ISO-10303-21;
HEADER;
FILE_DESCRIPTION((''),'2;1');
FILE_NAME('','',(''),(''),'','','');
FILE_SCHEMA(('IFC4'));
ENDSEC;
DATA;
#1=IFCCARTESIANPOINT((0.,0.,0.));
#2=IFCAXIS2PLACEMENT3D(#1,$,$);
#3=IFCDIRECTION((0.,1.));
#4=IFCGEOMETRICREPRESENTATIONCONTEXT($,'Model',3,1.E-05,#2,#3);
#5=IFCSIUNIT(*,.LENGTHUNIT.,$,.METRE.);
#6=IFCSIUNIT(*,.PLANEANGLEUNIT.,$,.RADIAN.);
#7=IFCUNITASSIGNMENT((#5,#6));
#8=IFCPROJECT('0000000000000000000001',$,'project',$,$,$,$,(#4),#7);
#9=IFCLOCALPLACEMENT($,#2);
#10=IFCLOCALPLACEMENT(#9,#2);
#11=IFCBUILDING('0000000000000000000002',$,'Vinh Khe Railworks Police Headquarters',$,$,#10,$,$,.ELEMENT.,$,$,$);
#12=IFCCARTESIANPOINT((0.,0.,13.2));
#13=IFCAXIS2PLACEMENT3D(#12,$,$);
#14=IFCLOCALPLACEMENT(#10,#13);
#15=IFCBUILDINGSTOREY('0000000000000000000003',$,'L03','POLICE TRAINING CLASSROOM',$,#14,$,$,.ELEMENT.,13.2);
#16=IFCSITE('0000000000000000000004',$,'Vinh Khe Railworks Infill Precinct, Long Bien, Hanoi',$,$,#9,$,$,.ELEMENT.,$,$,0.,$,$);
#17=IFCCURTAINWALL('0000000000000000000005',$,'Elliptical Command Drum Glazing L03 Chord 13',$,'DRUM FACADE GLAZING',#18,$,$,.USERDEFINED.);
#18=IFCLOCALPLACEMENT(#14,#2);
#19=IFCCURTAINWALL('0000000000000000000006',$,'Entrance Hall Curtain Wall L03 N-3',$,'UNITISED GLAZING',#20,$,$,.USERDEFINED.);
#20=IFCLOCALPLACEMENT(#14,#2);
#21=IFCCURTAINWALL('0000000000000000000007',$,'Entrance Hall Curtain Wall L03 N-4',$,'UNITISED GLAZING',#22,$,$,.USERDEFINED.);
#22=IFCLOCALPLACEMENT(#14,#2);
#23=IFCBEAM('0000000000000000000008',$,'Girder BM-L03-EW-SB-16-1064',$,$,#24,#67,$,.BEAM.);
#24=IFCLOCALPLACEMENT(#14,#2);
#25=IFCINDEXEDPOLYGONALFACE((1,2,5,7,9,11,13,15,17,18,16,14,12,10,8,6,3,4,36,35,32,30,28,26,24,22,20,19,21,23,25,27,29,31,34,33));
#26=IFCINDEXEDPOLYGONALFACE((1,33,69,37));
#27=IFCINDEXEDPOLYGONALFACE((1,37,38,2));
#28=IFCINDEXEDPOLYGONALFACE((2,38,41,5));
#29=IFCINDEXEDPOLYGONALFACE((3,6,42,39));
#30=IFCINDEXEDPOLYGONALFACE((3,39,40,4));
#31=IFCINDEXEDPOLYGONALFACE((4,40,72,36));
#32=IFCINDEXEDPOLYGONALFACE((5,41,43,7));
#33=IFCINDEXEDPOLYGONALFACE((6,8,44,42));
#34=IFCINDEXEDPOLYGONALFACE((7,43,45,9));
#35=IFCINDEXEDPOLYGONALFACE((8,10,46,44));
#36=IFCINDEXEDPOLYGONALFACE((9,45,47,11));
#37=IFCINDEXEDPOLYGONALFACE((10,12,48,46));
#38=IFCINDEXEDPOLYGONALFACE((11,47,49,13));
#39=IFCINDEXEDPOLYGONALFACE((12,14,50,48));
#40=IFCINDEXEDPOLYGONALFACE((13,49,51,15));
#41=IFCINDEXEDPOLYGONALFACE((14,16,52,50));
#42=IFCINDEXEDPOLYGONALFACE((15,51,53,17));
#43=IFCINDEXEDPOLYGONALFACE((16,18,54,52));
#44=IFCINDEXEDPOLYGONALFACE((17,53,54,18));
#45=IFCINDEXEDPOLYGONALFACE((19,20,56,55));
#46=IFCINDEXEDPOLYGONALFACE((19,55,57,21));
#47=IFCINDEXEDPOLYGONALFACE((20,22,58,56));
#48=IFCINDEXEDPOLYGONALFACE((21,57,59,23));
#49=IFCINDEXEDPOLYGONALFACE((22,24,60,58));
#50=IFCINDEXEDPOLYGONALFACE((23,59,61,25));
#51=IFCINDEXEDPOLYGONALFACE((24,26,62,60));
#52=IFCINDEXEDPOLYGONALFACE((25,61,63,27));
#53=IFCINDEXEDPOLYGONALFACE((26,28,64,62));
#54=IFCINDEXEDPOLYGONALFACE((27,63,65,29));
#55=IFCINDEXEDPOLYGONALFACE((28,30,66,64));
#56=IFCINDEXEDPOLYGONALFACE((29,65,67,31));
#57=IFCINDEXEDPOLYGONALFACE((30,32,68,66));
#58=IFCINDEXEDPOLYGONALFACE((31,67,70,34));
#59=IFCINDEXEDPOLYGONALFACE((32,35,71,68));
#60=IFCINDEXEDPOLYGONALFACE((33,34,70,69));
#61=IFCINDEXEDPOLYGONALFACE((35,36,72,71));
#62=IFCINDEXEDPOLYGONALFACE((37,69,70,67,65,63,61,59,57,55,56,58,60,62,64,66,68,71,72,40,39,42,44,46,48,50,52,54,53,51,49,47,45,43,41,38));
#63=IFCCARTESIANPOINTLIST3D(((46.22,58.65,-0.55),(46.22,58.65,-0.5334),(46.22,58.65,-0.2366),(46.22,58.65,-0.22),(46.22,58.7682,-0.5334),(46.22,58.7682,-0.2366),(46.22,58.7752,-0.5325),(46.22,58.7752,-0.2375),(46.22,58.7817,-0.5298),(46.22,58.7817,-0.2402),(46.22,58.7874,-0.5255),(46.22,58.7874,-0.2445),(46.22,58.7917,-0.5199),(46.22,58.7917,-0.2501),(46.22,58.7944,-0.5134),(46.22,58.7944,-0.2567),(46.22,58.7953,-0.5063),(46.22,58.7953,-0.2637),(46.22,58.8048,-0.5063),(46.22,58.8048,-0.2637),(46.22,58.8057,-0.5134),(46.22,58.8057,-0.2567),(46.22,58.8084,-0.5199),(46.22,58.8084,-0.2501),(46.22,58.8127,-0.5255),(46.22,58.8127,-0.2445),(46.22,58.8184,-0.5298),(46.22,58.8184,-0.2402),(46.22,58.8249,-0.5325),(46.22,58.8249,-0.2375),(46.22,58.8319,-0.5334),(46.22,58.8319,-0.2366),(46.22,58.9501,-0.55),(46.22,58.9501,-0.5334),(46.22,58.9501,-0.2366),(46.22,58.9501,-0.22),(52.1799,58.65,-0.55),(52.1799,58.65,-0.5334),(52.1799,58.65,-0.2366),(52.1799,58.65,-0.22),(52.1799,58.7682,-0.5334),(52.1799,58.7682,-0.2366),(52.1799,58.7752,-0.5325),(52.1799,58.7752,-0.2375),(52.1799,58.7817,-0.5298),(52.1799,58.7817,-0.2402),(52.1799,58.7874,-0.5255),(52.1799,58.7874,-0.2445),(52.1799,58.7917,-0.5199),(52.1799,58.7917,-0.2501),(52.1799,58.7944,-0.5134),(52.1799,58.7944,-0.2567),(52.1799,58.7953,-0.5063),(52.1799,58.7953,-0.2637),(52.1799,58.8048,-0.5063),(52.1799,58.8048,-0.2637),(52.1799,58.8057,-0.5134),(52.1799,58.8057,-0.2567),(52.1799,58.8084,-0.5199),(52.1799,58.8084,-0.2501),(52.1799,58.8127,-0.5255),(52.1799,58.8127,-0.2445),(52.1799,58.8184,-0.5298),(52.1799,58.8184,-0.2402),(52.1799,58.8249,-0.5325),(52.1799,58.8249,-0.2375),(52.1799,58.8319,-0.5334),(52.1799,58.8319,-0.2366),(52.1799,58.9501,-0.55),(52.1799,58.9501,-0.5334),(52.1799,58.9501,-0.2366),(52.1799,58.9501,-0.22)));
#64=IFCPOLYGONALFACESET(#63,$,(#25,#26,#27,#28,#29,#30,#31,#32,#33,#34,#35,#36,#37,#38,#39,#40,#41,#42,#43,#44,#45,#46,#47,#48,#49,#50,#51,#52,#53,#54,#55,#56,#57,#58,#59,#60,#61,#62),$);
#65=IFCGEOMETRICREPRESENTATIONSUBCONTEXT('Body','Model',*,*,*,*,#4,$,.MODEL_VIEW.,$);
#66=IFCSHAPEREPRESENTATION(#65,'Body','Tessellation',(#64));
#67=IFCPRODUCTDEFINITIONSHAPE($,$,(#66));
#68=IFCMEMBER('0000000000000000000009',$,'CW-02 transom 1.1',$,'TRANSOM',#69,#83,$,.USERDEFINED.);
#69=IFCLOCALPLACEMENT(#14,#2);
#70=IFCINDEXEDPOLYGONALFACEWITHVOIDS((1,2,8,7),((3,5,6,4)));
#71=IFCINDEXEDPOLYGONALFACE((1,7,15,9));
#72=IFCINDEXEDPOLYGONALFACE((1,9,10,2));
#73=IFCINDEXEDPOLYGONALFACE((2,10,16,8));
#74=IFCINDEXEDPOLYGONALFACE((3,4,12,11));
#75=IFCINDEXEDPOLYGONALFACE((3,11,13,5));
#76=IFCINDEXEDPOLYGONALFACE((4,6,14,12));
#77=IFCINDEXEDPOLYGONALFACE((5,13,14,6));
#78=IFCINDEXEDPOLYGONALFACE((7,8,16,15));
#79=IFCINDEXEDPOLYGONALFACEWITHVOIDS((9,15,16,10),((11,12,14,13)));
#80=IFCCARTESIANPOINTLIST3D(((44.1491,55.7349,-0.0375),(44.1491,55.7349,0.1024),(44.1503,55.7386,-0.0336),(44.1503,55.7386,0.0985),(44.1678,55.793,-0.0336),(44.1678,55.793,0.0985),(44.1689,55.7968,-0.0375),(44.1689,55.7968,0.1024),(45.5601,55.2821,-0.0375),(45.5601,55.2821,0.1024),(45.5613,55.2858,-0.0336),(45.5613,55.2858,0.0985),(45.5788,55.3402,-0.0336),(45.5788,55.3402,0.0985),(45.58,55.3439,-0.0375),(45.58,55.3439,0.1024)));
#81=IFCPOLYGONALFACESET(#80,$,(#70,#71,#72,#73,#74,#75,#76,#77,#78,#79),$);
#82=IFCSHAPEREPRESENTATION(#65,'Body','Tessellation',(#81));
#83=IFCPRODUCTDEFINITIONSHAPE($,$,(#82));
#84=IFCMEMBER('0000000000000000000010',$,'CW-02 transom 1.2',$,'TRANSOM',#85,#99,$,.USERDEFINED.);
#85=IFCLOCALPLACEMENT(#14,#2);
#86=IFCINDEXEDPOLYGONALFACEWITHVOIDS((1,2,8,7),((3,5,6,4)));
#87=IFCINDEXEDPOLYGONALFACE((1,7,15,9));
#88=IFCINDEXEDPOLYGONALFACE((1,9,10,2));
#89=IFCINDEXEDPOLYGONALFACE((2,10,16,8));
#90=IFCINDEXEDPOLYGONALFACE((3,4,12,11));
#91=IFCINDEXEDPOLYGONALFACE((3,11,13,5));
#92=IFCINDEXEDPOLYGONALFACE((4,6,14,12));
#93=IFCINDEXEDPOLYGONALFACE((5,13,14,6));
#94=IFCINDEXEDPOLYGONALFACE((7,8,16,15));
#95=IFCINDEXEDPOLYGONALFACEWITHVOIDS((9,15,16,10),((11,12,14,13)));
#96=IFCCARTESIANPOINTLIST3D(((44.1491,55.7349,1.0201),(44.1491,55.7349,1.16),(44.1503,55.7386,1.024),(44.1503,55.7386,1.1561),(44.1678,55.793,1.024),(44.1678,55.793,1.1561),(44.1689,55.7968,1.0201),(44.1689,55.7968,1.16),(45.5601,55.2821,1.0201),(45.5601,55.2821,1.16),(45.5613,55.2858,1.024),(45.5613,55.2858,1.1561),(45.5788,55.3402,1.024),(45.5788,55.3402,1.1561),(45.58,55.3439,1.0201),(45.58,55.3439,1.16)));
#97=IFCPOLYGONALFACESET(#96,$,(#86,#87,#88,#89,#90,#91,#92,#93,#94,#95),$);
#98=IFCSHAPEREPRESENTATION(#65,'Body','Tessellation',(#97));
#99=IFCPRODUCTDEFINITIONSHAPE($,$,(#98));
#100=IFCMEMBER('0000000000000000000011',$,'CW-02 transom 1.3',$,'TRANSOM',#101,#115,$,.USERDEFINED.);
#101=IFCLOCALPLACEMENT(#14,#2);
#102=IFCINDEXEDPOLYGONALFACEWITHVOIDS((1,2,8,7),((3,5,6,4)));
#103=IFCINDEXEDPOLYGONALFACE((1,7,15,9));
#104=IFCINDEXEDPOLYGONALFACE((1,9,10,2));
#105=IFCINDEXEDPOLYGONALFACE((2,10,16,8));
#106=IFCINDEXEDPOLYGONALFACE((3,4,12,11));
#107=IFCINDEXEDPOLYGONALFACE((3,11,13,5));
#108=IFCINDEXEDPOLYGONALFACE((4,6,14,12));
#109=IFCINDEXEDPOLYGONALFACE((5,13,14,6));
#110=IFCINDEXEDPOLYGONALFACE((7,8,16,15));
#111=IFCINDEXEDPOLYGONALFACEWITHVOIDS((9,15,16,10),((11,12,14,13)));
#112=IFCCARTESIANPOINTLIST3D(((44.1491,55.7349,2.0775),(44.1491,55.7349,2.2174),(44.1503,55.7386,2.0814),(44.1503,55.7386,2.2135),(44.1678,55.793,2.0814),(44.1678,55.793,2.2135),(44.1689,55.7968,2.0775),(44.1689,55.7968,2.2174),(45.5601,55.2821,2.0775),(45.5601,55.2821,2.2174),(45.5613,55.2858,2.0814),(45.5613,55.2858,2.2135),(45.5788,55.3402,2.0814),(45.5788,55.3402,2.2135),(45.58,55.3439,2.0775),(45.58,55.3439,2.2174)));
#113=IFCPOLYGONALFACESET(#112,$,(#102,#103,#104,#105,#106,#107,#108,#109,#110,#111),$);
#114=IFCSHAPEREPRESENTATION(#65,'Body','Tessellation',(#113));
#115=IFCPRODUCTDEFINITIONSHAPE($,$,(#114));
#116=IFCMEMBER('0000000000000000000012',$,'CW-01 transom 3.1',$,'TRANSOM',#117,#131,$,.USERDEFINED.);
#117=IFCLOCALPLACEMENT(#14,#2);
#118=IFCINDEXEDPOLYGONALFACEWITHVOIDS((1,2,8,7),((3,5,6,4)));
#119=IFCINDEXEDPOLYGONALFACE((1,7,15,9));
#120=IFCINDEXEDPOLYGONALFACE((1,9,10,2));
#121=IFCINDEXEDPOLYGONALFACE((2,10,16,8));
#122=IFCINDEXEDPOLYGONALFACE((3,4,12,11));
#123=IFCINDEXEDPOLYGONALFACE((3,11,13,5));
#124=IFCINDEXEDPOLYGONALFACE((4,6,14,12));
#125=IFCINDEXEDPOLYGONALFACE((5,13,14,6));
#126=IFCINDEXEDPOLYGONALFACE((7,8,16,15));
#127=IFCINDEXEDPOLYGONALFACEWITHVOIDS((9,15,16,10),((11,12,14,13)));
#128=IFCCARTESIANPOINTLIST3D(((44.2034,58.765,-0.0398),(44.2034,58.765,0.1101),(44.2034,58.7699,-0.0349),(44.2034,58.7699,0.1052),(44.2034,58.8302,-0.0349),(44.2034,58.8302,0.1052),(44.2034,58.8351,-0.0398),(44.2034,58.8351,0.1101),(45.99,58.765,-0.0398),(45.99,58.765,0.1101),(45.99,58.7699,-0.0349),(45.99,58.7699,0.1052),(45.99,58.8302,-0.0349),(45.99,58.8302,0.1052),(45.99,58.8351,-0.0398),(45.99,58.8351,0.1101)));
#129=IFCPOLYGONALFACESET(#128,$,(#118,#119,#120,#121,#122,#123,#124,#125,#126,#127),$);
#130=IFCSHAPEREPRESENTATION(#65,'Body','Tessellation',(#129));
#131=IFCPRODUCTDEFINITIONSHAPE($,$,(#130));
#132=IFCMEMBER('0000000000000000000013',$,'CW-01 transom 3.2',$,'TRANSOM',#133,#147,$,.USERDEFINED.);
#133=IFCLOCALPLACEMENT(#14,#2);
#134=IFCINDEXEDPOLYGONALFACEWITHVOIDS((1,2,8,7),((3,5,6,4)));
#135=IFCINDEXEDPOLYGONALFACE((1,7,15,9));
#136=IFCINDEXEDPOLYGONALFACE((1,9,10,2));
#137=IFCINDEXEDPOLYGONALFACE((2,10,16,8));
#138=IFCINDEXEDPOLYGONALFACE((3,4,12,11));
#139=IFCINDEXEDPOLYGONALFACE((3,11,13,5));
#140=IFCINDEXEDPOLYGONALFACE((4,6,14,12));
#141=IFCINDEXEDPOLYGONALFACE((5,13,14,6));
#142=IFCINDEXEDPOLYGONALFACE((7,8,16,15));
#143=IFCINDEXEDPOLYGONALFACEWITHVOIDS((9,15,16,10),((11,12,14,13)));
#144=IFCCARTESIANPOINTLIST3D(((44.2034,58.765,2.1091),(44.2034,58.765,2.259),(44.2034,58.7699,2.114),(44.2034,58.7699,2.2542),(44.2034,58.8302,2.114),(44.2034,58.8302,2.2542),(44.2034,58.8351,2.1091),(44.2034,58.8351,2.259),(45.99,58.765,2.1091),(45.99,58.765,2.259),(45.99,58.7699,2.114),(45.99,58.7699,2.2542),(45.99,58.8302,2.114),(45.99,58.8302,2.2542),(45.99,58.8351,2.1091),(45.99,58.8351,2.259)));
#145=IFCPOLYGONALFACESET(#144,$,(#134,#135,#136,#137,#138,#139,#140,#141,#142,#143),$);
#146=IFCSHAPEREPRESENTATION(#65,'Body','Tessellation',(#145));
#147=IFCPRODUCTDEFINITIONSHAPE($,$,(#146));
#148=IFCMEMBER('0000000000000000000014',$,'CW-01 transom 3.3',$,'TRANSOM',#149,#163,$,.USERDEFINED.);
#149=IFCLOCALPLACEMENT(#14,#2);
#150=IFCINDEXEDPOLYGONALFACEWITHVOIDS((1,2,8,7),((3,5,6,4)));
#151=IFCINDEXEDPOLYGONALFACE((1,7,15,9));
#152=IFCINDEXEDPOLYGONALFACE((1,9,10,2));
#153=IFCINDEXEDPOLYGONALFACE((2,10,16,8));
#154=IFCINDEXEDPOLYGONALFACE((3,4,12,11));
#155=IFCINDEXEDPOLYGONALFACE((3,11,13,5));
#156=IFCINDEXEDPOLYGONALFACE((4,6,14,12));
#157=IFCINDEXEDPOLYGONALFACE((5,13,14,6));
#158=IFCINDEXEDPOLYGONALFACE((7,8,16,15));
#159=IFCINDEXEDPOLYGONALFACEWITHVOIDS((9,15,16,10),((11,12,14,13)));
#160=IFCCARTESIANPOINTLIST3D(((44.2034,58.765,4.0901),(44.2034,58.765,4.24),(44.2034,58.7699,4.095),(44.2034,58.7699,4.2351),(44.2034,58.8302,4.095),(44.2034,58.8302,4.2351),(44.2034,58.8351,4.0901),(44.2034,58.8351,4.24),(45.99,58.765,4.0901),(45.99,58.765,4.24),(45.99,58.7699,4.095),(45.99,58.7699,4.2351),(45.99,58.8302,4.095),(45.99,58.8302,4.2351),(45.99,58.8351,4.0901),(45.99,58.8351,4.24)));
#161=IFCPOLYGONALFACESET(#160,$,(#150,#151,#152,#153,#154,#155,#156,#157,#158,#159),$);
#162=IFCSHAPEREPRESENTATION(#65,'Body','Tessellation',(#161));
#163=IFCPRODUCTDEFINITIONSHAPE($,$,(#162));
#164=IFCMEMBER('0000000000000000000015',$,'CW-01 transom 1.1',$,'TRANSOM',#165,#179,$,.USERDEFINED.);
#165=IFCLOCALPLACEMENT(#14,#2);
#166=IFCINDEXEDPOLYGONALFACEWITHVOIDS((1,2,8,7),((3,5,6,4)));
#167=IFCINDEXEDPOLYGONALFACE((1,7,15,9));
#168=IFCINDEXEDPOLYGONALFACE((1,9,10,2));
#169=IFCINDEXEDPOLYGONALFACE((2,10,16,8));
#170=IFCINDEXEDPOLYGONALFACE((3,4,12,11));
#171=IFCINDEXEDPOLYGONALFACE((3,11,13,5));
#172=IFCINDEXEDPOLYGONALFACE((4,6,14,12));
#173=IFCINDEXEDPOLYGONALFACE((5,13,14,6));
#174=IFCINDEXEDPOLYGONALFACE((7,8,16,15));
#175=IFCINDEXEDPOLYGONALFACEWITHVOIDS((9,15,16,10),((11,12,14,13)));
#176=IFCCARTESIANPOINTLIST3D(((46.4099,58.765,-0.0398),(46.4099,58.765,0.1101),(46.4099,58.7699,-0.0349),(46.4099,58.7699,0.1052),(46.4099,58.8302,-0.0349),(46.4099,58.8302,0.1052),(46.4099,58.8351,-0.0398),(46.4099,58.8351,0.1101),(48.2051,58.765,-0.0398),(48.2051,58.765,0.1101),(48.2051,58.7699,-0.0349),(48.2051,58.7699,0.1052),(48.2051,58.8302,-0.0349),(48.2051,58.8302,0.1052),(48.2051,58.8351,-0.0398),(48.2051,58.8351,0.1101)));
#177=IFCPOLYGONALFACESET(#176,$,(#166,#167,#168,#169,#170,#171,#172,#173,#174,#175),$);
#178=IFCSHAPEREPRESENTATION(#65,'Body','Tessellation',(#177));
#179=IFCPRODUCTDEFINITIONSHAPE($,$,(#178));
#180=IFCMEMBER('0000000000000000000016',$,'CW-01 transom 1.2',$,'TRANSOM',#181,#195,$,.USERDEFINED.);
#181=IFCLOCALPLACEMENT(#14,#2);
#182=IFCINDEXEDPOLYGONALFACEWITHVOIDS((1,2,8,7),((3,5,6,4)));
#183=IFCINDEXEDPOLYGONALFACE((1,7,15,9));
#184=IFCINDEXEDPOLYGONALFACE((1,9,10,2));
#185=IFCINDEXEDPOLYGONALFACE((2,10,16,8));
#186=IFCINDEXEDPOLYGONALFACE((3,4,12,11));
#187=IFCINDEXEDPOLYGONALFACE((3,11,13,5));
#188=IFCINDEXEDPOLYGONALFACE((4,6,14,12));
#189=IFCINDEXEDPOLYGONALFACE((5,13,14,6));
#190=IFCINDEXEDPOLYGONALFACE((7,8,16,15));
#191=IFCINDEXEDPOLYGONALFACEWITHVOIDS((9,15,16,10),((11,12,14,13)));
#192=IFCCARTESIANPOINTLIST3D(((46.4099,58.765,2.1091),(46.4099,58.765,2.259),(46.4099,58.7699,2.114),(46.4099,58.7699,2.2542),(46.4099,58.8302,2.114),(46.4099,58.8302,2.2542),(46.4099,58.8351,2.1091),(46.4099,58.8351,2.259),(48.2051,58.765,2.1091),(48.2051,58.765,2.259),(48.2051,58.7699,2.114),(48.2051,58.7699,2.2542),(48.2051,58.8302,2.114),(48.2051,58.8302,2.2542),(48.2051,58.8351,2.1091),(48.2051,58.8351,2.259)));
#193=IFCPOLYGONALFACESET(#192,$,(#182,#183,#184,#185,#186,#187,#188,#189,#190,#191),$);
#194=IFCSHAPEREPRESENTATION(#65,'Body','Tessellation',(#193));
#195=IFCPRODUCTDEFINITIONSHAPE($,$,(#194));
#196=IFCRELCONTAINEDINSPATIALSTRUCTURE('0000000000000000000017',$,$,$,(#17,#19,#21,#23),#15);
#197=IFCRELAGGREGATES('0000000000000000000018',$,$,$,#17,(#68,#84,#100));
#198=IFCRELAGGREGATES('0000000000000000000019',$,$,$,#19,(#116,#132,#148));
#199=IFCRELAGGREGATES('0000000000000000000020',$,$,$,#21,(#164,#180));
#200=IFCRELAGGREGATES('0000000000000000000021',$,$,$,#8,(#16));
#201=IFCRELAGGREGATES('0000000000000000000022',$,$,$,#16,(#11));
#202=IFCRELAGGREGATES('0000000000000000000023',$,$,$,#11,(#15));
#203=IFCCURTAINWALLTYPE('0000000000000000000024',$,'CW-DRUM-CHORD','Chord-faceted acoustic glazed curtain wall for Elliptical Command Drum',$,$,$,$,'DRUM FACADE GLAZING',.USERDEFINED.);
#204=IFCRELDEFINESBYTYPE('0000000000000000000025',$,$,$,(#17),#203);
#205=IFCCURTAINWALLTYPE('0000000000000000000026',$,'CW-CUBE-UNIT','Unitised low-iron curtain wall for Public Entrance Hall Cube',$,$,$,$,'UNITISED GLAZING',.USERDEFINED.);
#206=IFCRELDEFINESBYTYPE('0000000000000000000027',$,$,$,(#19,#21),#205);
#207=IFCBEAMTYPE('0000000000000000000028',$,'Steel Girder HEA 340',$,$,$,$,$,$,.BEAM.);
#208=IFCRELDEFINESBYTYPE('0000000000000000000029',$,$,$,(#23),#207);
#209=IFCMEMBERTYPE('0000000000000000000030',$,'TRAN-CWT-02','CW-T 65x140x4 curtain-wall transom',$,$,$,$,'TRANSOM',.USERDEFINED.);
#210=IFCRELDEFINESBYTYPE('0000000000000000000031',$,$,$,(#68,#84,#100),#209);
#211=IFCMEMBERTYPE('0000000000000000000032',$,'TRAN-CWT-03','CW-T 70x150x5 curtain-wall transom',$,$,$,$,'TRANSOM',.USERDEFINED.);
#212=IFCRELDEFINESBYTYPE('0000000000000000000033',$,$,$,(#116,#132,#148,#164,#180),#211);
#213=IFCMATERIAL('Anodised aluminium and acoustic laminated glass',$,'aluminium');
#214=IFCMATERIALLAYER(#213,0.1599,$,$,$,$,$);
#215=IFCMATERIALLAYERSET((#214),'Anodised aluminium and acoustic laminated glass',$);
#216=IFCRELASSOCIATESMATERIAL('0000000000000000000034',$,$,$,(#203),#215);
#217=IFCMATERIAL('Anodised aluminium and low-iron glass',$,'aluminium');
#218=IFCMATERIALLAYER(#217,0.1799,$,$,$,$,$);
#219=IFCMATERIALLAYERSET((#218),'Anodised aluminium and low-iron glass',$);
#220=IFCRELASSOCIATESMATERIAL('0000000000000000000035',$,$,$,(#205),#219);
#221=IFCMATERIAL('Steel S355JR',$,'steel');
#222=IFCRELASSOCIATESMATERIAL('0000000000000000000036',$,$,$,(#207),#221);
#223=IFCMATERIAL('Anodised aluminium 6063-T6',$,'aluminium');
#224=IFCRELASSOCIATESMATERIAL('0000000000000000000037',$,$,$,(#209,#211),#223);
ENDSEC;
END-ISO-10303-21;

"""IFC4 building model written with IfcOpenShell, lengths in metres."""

from ifc_helpers import new_model, si_unit, direction, frame, origin, origin_2d, place, context, subcontext, project, spatial, hollow_rectangle, i_section, extrude, material, layer, layer_set, material_profile, profile_set, type_object, element, aggregate, save


model = new_model("IFC4")

# Units and contexts
model_context = context("Model", 3, precision=1e-05, world=origin(), true_north=direction((0.0, 1.0)))
body_context = subcontext(model_context, "Body", "Model", "MODEL_VIEW")
ifc_project = project(units=[si_unit("LENGTHUNIT", "METRE"), si_unit("PLANEANGLEUNIT", "RADIAN")], contexts=[model_context])

# Site, building, storey
site_placement = place(None, origin())
site = spatial("IfcSite", under=ifc_project, at=site_placement, Name="Vinh Khe Railworks Infill Precinct, Long Bien, Hanoi", CompositionType="ELEMENT", RefElevation=0.0)
building_placement = place(site_placement, origin())
building = spatial("IfcBuilding", under=site, at=building_placement, Name="Vinh Khe Railworks Police Headquarters", CompositionType="ELEMENT")
storey_placement = place(building_placement, frame((0.0, 0.0, 13.2)))
storey = spatial("IfcBuildingStorey", under=building, at=storey_placement, Name="L03", Description="POLICE TRAINING CLASSROOM", CompositionType="ELEMENT", Elevation=13.2)

# Shared definitions
ifc_material_1 = material(Name="Steel S355JR", Category="steel")

# Curtain wall
ifc_material_2 = material(Name="Anodised aluminium and acoustic laminated glass", Category="aluminium")
ifc_layer_1 = layer(ifc_material_2, 0.1599)
ifc_layer_set_1 = layer_set([ifc_layer_1], Name="Anodised aluminium and acoustic laminated glass")
curtain_wall_type_1 = type_object("IfcCurtainWallType", Name="CW-DRUM-CHORD", Description="Chord-faceted acoustic glazed curtain wall for Elliptical Command Drum", ElementType="DRUM FACADE GLAZING", PredefinedType="USERDEFINED", material=ifc_layer_set_1)
curtain_wall_1_placement = place(storey_placement, origin())
curtain_wall_1 = element("IfcCurtainWall", 1, at=curtain_wall_1_placement, inside=storey, type_object=curtain_wall_type_1, Name="Elliptical Command Drum Glazing L03 Chord 13", ObjectType="DRUM FACADE GLAZING", PredefinedType="USERDEFINED")
ifc_material_3 = material(Name="Anodised aluminium 6063-T6", Category="aluminium")

# Curtain walls
ifc_material_4 = material(Name="Anodised aluminium and low-iron glass", Category="aluminium")
ifc_layer_2 = layer(ifc_material_4, 0.1799)
ifc_layer_set_2 = layer_set([ifc_layer_2], Name="Anodised aluminium and low-iron glass")
curtain_wall_type_2 = type_object("IfcCurtainWallType", Name="CW-CUBE-UNIT", Description="Unitised low-iron curtain wall for Public Entrance Hall Cube", ElementType="UNITISED GLAZING", PredefinedType="USERDEFINED", material=ifc_layer_set_2)
curtain_wall_2_placement = place(storey_placement, origin())
curtain_wall_2 = element("IfcCurtainWall", 2, at=curtain_wall_2_placement, inside=storey, type_object=curtain_wall_type_2, Name="Entrance Hall Curtain Wall L03 N-3", ObjectType="UNITISED GLAZING", PredefinedType="USERDEFINED")
curtain_wall_3_placement = place(storey_placement, origin())
curtain_wall_3 = element("IfcCurtainWall", 3, at=curtain_wall_3_placement, inside=storey, type_object=curtain_wall_type_2, Name="Entrance Hall Curtain Wall L03 N-4", ObjectType="UNITISED GLAZING", PredefinedType="USERDEFINED")

# Beam
ifc_material_profile_1 = material_profile(ifc_material_1, i_section(OverallWidth=0.3, OverallDepth=0.3301, WebThickness=0.0095, FlangeThickness=0.0166, FilletRadius=0.0271, at=origin_2d()), Name="HEA 340")
ifc_profile_set_1 = profile_set([ifc_material_profile_1], Name="Steel S355JR")
beam_type = type_object("IfcBeamType", Name="Steel Girder HEA 340", PredefinedType="BEAM", material=ifc_profile_set_1)
beam_placement = place(storey_placement, frame((46.22, 58.8, -0.385), z_axis=(1.0, 0.0, 0.0), x_axis=(0.0, 1.0, 0.0)))
element("IfcBeam", 4, at=beam_placement, inside=storey, type_object=beam_type, Name="Girder BM-L03-EW-SB-16-1064", PredefinedType="BEAM", context=body_context, shape_type="SweptSolid", body=[
    extrude(i_section(OverallWidth=0.3, OverallDepth=0.3301, WebThickness=0.0095, FlangeThickness=0.0166, FilletRadius=0.0271, at=origin_2d()), origin(), (0.0, 0.0, 1.0), 5.96),
])

# Members
ifc_material_profile_2 = material_profile(ifc_material_3, hollow_rectangle(XDim=0.0649, YDim=0.1399, WallThickness=0.0039, at=origin_2d()), Name="CW-T 65x140x4")
ifc_profile_set_2 = profile_set([ifc_material_profile_2], Name="Anodised aluminium 6063-T6")
member_type_1 = type_object("IfcMemberType", Name="TRAN-CWT-02", Description="CW-T 65x140x4 curtain-wall transom", ElementType="TRANSOM", PredefinedType="USERDEFINED", material=ifc_profile_set_2)
member_1_placement = place(storey_placement, frame((45.5701, 55.313, 0.0325), z_axis=(-0.952166, 0.305583, 0.0), x_axis=(-0.305583, -0.952166, 0.0)))
member_1 = element("IfcMember", 5, at=member_1_placement, type_object=member_type_1, Name="CW-02 transom 1.1", ObjectType="TRANSOM", PredefinedType="USERDEFINED", context=body_context, shape_type="SweptSolid", body=[
    extrude(hollow_rectangle(XDim=0.0649, YDim=0.1399, WallThickness=0.0039, at=origin_2d()), origin(), (0.0, 0.0, 1.0), 1.4819),
])
member_2_placement = place(storey_placement, frame((45.5701, 55.313, 1.0901), z_axis=(-0.952166, 0.305583, 0.0), x_axis=(-0.305583, -0.952166, 0.0)))
member_2 = element("IfcMember", 6, at=member_2_placement, type_object=member_type_1, Name="CW-02 transom 1.2", ObjectType="TRANSOM", PredefinedType="USERDEFINED", context=body_context, shape_type="SweptSolid", body=[
    extrude(hollow_rectangle(XDim=0.0649, YDim=0.1399, WallThickness=0.0039, at=origin_2d()), origin(), (0.0, 0.0, 1.0), 1.4819),
])
member_3_placement = place(storey_placement, frame((45.5701, 55.313, 2.1475), z_axis=(-0.952166, 0.305583, 0.0), x_axis=(-0.305583, -0.952166, 0.0)))
member_3 = element("IfcMember", 7, at=member_3_placement, type_object=member_type_1, Name="CW-02 transom 1.3", ObjectType="TRANSOM", PredefinedType="USERDEFINED", context=body_context, shape_type="SweptSolid", body=[
    extrude(hollow_rectangle(XDim=0.0649, YDim=0.1399, WallThickness=0.0039, at=origin_2d()), origin(), (0.0, 0.0, 1.0), 1.4819),
])
ifc_material_profile_3 = material_profile(ifc_material_3, hollow_rectangle(XDim=0.0701, YDim=0.1499, WallThickness=0.0049, at=origin_2d()), Name="CW-T 70x150x5")
ifc_profile_set_3 = profile_set([ifc_material_profile_3], Name="Anodised aluminium 6063-T6")
member_type_2 = type_object("IfcMemberType", Name="TRAN-CWT-03", Description="CW-T 70x150x5 curtain-wall transom", ElementType="TRANSOM", PredefinedType="USERDEFINED", material=ifc_profile_set_3)
member_4_placement = place(storey_placement, frame((44.2034, 58.8, 0.0352), z_axis=(1.0, 0.0, 0.0), x_axis=(0.0, 1.0, 0.0)))
member_4 = element("IfcMember", 8, at=member_4_placement, type_object=member_type_2, Name="CW-01 transom 3.1", ObjectType="TRANSOM", PredefinedType="USERDEFINED", context=body_context, shape_type="SweptSolid", body=[
    extrude(hollow_rectangle(XDim=0.0701, YDim=0.1499, WallThickness=0.0049, at=origin_2d()), origin(), (0.0, 0.0, 1.0), 1.7866),
])
member_5_placement = place(storey_placement, frame((44.2034, 58.8, 2.1841), z_axis=(1.0, 0.0, 0.0), x_axis=(0.0, 1.0, 0.0)))
member_5 = element("IfcMember", 9, at=member_5_placement, type_object=member_type_2, Name="CW-01 transom 3.2", ObjectType="TRANSOM", PredefinedType="USERDEFINED", context=body_context, shape_type="SweptSolid", body=[
    extrude(hollow_rectangle(XDim=0.0701, YDim=0.1499, WallThickness=0.0049, at=origin_2d()), origin(), (0.0, 0.0, 1.0), 1.7866),
])
member_6_placement = place(storey_placement, frame((44.2034, 58.8, 4.165), z_axis=(1.0, 0.0, 0.0), x_axis=(0.0, 1.0, 0.0)))
member_6 = element("IfcMember", 10, at=member_6_placement, type_object=member_type_2, Name="CW-01 transom 3.3", ObjectType="TRANSOM", PredefinedType="USERDEFINED", context=body_context, shape_type="SweptSolid", body=[
    extrude(hollow_rectangle(XDim=0.0701, YDim=0.1499, WallThickness=0.0049, at=origin_2d()), origin(), (0.0, 0.0, 1.0), 1.7866),
])
member_7_placement = place(storey_placement, frame((46.4099, 58.8, 0.0352), z_axis=(1.0, 0.0, 0.0), x_axis=(0.0, 1.0, 0.0)))
member_7 = element("IfcMember", 11, at=member_7_placement, type_object=member_type_2, Name="CW-01 transom 1.1", ObjectType="TRANSOM", PredefinedType="USERDEFINED", context=body_context, shape_type="SweptSolid", body=[
    extrude(hollow_rectangle(XDim=0.0701, YDim=0.1499, WallThickness=0.0049, at=origin_2d()), origin(), (0.0, 0.0, 1.0), 1.7952),
])
member_8_placement = place(storey_placement, frame((46.4099, 58.8, 2.1841), z_axis=(1.0, 0.0, 0.0), x_axis=(0.0, 1.0, 0.0)))
member_8 = element("IfcMember", 12, at=member_8_placement, type_object=member_type_2, Name="CW-01 transom 1.2", ObjectType="TRANSOM", PredefinedType="USERDEFINED", context=body_context, shape_type="SweptSolid", body=[
    extrude(hollow_rectangle(XDim=0.0701, YDim=0.1499, WallThickness=0.0049, at=origin_2d()), origin(), (0.0, 0.0, 1.0), 1.7952),
])

aggregate(curtain_wall_1, [member_1, member_2, member_3])
aggregate(curtain_wall_2, [member_4, member_5, member_6])
aggregate(curtain_wall_3, [member_7, member_8])

save(model, "model.ifc")
